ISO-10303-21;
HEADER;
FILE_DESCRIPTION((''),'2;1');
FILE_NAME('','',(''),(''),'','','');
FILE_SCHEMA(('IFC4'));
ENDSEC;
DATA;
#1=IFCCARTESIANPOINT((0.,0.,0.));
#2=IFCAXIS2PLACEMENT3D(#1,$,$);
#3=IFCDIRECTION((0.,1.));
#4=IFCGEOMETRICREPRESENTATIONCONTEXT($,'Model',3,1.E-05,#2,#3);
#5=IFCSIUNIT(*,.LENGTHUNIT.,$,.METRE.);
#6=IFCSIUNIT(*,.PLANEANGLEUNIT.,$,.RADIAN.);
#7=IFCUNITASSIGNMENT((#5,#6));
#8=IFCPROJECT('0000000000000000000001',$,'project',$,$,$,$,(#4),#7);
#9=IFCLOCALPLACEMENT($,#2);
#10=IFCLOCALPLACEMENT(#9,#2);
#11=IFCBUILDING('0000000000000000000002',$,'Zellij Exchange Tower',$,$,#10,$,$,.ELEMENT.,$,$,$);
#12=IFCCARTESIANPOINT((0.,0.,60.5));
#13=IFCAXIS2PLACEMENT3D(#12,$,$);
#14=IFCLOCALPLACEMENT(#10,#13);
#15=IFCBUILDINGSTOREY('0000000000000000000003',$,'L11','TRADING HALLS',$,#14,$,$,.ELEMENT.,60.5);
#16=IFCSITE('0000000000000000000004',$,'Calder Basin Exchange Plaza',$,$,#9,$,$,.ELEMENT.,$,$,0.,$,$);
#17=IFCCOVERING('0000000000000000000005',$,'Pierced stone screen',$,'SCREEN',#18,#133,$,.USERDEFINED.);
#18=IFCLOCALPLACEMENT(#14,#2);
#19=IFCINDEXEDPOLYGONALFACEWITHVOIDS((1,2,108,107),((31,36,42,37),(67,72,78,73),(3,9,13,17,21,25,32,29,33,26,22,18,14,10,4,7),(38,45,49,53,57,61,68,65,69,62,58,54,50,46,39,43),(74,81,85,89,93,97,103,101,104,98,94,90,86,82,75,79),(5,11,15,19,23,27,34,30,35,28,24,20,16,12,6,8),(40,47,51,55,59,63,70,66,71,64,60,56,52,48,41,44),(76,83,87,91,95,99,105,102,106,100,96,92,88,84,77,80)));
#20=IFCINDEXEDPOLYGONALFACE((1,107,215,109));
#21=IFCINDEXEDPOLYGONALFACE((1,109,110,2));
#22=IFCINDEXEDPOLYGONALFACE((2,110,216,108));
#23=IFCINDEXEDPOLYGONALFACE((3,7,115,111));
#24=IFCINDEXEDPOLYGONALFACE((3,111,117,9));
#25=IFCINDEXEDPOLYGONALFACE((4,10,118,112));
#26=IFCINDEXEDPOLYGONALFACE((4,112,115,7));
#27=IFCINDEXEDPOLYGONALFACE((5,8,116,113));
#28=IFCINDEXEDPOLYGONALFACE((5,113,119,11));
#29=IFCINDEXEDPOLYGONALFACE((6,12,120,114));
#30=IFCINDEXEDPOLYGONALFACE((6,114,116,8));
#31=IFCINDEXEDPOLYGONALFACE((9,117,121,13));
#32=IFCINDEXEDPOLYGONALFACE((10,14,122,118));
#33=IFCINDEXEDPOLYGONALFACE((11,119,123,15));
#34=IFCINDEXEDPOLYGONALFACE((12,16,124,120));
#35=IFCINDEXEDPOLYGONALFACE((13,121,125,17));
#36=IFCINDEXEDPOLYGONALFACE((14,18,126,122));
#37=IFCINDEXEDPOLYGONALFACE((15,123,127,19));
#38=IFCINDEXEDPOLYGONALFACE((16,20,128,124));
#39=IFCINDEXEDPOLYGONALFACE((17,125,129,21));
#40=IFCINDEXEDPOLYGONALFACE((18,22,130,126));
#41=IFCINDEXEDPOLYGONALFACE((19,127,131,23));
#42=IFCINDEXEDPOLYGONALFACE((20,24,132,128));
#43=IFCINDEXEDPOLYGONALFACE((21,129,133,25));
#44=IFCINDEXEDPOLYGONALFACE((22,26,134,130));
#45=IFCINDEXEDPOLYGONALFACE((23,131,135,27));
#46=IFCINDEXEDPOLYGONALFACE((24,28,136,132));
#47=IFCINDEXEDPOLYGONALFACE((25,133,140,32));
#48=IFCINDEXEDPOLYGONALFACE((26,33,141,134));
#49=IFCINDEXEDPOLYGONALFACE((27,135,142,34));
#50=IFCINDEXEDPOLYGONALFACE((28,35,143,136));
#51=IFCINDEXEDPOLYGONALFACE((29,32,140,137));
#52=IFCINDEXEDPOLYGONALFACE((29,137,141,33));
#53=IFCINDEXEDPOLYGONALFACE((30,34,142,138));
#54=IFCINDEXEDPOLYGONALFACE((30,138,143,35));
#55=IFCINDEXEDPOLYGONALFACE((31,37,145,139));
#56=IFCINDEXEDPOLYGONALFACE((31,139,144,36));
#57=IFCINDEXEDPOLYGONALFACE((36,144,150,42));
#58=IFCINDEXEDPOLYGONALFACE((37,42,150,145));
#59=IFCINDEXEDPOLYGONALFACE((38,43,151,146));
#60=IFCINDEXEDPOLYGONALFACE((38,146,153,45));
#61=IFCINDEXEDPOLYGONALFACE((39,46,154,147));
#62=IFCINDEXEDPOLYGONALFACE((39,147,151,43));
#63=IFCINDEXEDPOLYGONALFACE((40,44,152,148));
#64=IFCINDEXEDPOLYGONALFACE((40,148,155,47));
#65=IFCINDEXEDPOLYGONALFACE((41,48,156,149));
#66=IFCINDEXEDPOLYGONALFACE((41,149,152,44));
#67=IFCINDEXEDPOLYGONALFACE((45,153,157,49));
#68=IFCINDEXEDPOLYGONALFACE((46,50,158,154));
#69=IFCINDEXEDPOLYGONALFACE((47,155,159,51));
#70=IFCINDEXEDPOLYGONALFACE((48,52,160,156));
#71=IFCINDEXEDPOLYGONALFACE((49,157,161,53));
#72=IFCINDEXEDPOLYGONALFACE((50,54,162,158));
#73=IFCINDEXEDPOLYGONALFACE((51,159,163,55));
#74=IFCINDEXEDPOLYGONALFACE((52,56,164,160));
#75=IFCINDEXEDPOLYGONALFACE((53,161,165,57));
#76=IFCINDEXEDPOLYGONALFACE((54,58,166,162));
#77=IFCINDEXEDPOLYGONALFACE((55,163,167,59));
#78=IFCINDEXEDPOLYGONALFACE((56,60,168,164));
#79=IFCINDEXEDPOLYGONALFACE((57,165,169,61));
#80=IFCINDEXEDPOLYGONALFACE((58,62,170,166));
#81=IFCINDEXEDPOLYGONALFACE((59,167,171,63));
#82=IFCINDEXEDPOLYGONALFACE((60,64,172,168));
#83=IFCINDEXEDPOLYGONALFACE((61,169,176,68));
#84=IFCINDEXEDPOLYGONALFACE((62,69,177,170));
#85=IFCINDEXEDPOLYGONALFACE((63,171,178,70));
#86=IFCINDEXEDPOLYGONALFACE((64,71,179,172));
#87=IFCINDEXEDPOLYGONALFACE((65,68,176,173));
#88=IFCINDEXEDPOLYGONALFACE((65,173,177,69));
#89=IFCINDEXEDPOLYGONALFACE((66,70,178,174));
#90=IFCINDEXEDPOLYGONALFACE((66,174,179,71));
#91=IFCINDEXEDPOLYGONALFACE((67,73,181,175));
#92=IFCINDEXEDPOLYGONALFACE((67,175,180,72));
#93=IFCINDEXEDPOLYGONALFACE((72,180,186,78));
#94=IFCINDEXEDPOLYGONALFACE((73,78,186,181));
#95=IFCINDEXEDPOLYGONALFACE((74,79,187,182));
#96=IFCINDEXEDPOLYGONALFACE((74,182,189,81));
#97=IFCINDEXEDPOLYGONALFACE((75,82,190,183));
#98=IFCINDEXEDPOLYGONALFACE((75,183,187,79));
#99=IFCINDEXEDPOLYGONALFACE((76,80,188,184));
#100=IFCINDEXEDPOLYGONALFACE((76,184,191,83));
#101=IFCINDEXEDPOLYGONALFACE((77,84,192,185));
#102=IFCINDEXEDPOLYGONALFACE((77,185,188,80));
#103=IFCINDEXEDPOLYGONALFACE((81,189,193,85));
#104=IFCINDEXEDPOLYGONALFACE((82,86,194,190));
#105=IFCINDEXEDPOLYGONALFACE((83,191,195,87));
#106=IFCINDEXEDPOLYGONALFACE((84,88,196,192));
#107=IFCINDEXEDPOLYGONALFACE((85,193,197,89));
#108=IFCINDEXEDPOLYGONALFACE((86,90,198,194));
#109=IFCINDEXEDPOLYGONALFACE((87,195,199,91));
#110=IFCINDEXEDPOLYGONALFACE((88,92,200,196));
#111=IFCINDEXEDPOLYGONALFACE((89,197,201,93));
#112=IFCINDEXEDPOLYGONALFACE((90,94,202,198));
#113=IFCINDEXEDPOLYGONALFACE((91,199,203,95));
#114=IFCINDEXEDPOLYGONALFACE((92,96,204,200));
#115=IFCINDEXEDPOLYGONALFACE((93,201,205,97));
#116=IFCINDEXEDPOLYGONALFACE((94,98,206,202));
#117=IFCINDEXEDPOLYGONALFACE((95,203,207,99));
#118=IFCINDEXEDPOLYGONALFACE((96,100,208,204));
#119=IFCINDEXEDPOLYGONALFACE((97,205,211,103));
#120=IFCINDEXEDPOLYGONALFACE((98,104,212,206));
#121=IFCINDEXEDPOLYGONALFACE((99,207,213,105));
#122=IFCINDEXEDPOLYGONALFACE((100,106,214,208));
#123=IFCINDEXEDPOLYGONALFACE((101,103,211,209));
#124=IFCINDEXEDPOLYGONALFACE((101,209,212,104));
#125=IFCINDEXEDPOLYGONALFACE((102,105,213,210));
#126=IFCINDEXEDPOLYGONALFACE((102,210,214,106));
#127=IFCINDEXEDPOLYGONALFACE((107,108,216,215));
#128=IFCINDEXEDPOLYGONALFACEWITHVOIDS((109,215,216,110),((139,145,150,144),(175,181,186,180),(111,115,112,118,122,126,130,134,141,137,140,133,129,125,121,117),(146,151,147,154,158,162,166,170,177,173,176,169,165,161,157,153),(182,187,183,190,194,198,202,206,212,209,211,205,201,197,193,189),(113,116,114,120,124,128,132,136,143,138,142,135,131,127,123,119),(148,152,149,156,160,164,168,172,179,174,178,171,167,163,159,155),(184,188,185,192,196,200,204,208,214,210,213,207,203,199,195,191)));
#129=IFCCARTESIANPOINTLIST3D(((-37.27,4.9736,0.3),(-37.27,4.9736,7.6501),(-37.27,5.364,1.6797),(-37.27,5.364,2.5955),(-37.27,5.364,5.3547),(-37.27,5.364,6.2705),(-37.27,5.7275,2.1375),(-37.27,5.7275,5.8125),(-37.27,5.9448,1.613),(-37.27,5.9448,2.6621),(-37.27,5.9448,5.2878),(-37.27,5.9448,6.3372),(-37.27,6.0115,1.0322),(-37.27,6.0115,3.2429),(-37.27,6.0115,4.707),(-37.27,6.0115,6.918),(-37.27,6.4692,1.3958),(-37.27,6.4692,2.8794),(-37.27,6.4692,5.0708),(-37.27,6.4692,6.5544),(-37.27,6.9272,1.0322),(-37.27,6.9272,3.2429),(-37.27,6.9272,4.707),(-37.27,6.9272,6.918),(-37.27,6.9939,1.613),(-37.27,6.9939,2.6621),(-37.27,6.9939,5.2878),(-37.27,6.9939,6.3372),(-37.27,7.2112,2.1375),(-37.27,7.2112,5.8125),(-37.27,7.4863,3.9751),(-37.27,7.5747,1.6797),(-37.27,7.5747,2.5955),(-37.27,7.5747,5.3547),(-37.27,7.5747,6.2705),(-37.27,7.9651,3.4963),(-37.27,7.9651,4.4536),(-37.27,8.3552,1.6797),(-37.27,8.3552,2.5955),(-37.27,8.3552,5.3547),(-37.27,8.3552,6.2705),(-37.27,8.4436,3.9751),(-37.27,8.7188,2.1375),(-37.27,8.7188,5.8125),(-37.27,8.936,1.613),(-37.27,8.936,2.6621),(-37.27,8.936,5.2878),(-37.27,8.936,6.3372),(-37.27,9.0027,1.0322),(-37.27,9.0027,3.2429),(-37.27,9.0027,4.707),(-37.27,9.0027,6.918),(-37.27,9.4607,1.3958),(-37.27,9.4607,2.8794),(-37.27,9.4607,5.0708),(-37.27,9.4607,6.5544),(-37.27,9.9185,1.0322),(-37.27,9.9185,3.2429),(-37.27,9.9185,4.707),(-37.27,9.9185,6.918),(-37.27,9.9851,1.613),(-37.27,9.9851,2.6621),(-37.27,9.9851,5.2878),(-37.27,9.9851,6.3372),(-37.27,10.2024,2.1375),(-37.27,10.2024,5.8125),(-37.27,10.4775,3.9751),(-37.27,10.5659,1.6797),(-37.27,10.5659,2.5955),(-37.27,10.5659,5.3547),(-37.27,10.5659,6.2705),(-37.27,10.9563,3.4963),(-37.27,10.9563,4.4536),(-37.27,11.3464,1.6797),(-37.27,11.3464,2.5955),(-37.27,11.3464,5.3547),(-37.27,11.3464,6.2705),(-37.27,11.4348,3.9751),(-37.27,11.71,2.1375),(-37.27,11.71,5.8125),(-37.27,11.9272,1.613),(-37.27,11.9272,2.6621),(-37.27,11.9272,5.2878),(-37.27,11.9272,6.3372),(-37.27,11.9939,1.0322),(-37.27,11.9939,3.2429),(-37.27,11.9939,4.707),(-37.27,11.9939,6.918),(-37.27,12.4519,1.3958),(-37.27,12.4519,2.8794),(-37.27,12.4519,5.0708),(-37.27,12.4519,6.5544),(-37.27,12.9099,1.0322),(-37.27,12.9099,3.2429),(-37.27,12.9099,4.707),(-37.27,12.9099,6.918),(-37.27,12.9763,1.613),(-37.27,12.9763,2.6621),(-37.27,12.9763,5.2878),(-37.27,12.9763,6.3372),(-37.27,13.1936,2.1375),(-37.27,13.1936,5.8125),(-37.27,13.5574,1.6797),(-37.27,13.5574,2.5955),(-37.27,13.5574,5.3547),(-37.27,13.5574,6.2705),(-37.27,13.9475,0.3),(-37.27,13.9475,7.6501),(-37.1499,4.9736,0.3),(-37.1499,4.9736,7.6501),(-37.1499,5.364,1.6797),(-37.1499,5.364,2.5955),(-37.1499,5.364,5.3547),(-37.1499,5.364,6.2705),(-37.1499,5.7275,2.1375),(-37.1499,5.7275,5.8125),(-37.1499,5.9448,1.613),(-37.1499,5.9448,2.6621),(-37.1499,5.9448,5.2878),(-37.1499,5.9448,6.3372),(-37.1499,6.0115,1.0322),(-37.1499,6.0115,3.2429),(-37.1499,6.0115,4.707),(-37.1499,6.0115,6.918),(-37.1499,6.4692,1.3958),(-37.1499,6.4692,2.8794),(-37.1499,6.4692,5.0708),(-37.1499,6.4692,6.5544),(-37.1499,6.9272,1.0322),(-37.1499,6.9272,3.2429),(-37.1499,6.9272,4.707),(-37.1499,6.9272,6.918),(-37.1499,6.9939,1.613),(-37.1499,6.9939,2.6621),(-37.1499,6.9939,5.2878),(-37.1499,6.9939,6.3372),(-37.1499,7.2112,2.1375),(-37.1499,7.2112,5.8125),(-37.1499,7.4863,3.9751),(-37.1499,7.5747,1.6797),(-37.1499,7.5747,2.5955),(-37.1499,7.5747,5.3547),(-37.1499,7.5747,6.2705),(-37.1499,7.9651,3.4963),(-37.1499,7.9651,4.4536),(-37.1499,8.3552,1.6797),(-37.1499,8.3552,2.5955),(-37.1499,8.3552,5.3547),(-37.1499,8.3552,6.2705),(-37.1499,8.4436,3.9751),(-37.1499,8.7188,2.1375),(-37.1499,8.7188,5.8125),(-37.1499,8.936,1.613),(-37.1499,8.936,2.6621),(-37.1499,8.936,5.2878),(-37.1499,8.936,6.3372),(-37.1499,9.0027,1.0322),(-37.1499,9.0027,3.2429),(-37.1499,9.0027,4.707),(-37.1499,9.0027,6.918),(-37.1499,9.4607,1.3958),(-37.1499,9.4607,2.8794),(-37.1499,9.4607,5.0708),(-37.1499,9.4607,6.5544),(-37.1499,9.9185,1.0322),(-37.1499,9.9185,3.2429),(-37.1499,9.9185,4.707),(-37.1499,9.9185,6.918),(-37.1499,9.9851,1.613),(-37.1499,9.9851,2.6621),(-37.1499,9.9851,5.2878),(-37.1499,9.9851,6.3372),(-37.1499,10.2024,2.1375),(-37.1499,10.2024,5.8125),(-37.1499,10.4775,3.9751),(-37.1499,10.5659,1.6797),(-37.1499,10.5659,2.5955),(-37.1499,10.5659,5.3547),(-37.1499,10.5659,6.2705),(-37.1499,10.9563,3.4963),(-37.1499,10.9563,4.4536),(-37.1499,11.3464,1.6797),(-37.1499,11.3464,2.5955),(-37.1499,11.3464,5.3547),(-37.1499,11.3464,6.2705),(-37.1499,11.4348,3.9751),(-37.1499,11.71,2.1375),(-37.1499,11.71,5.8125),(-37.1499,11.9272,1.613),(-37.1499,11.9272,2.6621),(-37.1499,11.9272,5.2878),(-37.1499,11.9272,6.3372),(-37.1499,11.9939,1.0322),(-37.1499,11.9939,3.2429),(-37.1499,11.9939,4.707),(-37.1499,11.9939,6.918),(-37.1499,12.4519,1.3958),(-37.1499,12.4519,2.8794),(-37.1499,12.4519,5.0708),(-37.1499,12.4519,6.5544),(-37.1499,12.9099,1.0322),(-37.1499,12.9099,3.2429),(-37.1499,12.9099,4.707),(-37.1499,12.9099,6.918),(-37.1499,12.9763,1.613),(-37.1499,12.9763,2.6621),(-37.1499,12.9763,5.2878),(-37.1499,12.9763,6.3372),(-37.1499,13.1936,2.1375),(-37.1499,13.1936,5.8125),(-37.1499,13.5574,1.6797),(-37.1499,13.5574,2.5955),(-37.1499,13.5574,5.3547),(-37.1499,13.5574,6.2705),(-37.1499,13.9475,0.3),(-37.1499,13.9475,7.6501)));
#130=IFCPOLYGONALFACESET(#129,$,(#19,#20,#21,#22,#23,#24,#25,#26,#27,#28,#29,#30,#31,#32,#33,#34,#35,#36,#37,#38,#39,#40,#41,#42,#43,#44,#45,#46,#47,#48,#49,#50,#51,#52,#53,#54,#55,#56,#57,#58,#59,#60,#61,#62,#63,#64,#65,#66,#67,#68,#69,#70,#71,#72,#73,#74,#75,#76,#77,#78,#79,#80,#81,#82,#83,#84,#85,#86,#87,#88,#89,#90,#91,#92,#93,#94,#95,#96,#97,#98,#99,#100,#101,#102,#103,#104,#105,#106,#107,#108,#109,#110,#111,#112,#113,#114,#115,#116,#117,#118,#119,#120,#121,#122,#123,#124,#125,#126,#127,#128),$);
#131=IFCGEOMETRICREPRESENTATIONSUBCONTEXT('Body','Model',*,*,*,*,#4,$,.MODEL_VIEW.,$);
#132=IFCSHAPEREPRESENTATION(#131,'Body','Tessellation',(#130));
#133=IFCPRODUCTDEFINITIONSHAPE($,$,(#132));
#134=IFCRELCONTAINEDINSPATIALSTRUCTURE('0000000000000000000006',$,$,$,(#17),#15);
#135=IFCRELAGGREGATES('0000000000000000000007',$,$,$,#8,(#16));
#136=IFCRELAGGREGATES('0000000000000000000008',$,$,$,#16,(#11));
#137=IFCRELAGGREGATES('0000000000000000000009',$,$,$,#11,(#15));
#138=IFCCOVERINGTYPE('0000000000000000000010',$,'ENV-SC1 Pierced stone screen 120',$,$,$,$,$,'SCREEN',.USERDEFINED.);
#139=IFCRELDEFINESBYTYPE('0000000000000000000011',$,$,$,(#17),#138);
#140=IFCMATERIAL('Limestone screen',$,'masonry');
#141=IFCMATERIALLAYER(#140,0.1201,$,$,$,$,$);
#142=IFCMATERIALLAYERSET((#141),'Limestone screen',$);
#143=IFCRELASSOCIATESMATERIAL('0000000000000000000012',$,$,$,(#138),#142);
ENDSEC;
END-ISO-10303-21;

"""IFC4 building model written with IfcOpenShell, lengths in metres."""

from ifc_helpers import new_model, si_unit, direction, frame, origin, place, context, subcontext, project, spatial, polyline, outline, extrude, material, layer, layer_set, type_object, element, save


model = new_model("IFC4")

# Units and contexts
model_context = context("Model", 3, precision=1e-05, world=origin(), true_north=direction((0.0, 1.0)))
body_context = subcontext(model_context, "Body", "Model", "MODEL_VIEW")
ifc_project = project(units=[si_unit("LENGTHUNIT", "METRE"), si_unit("PLANEANGLEUNIT", "RADIAN")], contexts=[model_context])

# Site, building, storey
site_placement = place(None, origin())
site = spatial("IfcSite", under=ifc_project, at=site_placement, Name="Calder Basin Exchange Plaza", CompositionType="ELEMENT", RefElevation=0.0)
building_placement = place(site_placement, origin())
building = spatial("IfcBuilding", under=site, at=building_placement, Name="Zellij Exchange Tower", CompositionType="ELEMENT")
storey_placement = place(building_placement, frame((0.0, 0.0, 60.5)))
storey = spatial("IfcBuildingStorey", under=building, at=storey_placement, Name="L11", Description="TRADING HALLS", CompositionType="ELEMENT", Elevation=60.5)

# Covering
ifc_material_1 = material(Name="Limestone screen", Category="masonry")
ifc_layer_1 = layer(ifc_material_1, 0.1201)
ifc_layer_set_1 = layer_set([ifc_layer_1], Name="Limestone screen")
covering_type = type_object("IfcCoveringType", Name="ENV-SC1 Pierced stone screen 120", ElementType="SCREEN", PredefinedType="USERDEFINED", material=ifc_layer_set_1)
covering_1_placement = place(storey_placement, frame((-37.21, 13.9475, 0.3), z_axis=(0.0, 0.0, 1.0), x_axis=(0.0, -1.0, 0.0)))
element("IfcCovering", 1, at=covering_1_placement, inside=storey, type_object=covering_type, Name="Pierced stone screen", ObjectType="SCREEN", PredefinedType="USERDEFINED", context=body_context, shape_type="SweptSolid", body=[
    extrude(outline(polyline([(0.0, 0.0), (8.9739, 0.0), (8.9739, 7.3501), (0.0, 7.3501), (0.0, 0.0)]), holes=[polyline([(2.6011, 2.2954), (2.0203, 2.3621), (1.9536, 2.9429), (1.4956, 2.5793), (1.0376, 2.9429), (0.9712, 2.3621), (0.3901, 2.2954), (0.7539, 1.8374), (0.3901, 1.3796), (0.9712, 1.313), (1.0376, 0.7322), (1.4956, 1.0957), (1.9536, 0.7322), (2.0203, 1.313), (2.6011, 1.3796), (2.2375, 1.8374), (2.6011, 2.2954)]), polyline([(2.6011, 5.9705), (2.0203, 6.0371), (1.9536, 6.6179), (1.4956, 6.2544), (1.0376, 6.6179), (0.9712, 6.0371), (0.3901, 5.9705), (0.7539, 5.5125), (0.3901, 5.0547), (0.9712, 4.9878), (1.0376, 4.407), (1.4956, 4.7708), (1.9536, 4.407), (2.0203, 4.9878), (2.6011, 5.0547), (2.2375, 5.5125), (2.6011, 5.9705)]), polyline([(5.5923, 2.2954), (5.0115, 2.3621), (4.9448, 2.9429), (4.4868, 2.5793), (4.0291, 2.9429), (3.9624, 2.3621), (3.3816, 2.2954), (3.7451, 1.8374), (3.3816, 1.3796), (3.9624, 1.313), (4.0291, 0.7322), (4.4868, 1.0957), (4.9448, 0.7322), (5.0115, 1.313), (5.5923, 1.3796), (5.2288, 1.8374), (5.5923, 2.2954)]), polyline([(5.5923, 5.9705), (5.0115, 6.0371), (4.9448, 6.6179), (4.4868, 6.2544), (4.0291, 6.6179), (3.9624, 6.0371), (3.3816, 5.9705), (3.7451, 5.5125), (3.3816, 5.0547), (3.9624, 4.9878), (4.0291, 4.407), (4.4868, 4.7708), (4.9448, 4.407), (5.0115, 4.9878), (5.5923, 5.0547), (5.2288, 5.5125), (5.5923, 5.9705)]), polyline([(8.5835, 2.2954), (8.0027, 2.3621), (7.936, 2.9429), (7.4783, 2.5793), (7.0203, 2.9429), (6.9536, 2.3621), (6.3728, 2.2954), (6.7363, 1.8374), (6.3728, 1.3796), (6.9536, 1.313), (7.0203, 0.7322), (7.4783, 1.0957), (7.936, 0.7322), (8.0027, 1.313), (8.5835, 1.3796), (8.22, 1.8374), (8.5835, 2.2954)]), polyline([(8.5835, 5.9705), (8.0027, 6.0371), (7.936, 6.6179), (7.4783, 6.2544), (7.0203, 6.6179), (6.9536, 6.0371), (6.3728, 5.9705), (6.7363, 5.5125), (6.3728, 5.0547), (6.9536, 4.9878), (7.0203, 4.407), (7.4783, 4.7708), (7.936, 4.407), (8.0027, 4.9878), (8.5835, 5.0547), (8.22, 5.5125), (8.5835, 5.9705)]), polyline([(3.47, 3.675), (2.9912, 4.1536), (2.5127, 3.675), (2.9912, 3.1963), (3.47, 3.675)]), polyline([(6.4612, 3.675), (5.9824, 4.1536), (5.5039, 3.675), (5.9824, 3.1963), (6.4612, 3.675)])]), frame((0.0, 0.0601, 0.0), z_axis=(0.0, -1.0, 0.0), x_axis=(1.0, 0.0, 0.0)), (0.0, 0.0, 1.0), 0.1201),
])

save(model, "model.ifc")
